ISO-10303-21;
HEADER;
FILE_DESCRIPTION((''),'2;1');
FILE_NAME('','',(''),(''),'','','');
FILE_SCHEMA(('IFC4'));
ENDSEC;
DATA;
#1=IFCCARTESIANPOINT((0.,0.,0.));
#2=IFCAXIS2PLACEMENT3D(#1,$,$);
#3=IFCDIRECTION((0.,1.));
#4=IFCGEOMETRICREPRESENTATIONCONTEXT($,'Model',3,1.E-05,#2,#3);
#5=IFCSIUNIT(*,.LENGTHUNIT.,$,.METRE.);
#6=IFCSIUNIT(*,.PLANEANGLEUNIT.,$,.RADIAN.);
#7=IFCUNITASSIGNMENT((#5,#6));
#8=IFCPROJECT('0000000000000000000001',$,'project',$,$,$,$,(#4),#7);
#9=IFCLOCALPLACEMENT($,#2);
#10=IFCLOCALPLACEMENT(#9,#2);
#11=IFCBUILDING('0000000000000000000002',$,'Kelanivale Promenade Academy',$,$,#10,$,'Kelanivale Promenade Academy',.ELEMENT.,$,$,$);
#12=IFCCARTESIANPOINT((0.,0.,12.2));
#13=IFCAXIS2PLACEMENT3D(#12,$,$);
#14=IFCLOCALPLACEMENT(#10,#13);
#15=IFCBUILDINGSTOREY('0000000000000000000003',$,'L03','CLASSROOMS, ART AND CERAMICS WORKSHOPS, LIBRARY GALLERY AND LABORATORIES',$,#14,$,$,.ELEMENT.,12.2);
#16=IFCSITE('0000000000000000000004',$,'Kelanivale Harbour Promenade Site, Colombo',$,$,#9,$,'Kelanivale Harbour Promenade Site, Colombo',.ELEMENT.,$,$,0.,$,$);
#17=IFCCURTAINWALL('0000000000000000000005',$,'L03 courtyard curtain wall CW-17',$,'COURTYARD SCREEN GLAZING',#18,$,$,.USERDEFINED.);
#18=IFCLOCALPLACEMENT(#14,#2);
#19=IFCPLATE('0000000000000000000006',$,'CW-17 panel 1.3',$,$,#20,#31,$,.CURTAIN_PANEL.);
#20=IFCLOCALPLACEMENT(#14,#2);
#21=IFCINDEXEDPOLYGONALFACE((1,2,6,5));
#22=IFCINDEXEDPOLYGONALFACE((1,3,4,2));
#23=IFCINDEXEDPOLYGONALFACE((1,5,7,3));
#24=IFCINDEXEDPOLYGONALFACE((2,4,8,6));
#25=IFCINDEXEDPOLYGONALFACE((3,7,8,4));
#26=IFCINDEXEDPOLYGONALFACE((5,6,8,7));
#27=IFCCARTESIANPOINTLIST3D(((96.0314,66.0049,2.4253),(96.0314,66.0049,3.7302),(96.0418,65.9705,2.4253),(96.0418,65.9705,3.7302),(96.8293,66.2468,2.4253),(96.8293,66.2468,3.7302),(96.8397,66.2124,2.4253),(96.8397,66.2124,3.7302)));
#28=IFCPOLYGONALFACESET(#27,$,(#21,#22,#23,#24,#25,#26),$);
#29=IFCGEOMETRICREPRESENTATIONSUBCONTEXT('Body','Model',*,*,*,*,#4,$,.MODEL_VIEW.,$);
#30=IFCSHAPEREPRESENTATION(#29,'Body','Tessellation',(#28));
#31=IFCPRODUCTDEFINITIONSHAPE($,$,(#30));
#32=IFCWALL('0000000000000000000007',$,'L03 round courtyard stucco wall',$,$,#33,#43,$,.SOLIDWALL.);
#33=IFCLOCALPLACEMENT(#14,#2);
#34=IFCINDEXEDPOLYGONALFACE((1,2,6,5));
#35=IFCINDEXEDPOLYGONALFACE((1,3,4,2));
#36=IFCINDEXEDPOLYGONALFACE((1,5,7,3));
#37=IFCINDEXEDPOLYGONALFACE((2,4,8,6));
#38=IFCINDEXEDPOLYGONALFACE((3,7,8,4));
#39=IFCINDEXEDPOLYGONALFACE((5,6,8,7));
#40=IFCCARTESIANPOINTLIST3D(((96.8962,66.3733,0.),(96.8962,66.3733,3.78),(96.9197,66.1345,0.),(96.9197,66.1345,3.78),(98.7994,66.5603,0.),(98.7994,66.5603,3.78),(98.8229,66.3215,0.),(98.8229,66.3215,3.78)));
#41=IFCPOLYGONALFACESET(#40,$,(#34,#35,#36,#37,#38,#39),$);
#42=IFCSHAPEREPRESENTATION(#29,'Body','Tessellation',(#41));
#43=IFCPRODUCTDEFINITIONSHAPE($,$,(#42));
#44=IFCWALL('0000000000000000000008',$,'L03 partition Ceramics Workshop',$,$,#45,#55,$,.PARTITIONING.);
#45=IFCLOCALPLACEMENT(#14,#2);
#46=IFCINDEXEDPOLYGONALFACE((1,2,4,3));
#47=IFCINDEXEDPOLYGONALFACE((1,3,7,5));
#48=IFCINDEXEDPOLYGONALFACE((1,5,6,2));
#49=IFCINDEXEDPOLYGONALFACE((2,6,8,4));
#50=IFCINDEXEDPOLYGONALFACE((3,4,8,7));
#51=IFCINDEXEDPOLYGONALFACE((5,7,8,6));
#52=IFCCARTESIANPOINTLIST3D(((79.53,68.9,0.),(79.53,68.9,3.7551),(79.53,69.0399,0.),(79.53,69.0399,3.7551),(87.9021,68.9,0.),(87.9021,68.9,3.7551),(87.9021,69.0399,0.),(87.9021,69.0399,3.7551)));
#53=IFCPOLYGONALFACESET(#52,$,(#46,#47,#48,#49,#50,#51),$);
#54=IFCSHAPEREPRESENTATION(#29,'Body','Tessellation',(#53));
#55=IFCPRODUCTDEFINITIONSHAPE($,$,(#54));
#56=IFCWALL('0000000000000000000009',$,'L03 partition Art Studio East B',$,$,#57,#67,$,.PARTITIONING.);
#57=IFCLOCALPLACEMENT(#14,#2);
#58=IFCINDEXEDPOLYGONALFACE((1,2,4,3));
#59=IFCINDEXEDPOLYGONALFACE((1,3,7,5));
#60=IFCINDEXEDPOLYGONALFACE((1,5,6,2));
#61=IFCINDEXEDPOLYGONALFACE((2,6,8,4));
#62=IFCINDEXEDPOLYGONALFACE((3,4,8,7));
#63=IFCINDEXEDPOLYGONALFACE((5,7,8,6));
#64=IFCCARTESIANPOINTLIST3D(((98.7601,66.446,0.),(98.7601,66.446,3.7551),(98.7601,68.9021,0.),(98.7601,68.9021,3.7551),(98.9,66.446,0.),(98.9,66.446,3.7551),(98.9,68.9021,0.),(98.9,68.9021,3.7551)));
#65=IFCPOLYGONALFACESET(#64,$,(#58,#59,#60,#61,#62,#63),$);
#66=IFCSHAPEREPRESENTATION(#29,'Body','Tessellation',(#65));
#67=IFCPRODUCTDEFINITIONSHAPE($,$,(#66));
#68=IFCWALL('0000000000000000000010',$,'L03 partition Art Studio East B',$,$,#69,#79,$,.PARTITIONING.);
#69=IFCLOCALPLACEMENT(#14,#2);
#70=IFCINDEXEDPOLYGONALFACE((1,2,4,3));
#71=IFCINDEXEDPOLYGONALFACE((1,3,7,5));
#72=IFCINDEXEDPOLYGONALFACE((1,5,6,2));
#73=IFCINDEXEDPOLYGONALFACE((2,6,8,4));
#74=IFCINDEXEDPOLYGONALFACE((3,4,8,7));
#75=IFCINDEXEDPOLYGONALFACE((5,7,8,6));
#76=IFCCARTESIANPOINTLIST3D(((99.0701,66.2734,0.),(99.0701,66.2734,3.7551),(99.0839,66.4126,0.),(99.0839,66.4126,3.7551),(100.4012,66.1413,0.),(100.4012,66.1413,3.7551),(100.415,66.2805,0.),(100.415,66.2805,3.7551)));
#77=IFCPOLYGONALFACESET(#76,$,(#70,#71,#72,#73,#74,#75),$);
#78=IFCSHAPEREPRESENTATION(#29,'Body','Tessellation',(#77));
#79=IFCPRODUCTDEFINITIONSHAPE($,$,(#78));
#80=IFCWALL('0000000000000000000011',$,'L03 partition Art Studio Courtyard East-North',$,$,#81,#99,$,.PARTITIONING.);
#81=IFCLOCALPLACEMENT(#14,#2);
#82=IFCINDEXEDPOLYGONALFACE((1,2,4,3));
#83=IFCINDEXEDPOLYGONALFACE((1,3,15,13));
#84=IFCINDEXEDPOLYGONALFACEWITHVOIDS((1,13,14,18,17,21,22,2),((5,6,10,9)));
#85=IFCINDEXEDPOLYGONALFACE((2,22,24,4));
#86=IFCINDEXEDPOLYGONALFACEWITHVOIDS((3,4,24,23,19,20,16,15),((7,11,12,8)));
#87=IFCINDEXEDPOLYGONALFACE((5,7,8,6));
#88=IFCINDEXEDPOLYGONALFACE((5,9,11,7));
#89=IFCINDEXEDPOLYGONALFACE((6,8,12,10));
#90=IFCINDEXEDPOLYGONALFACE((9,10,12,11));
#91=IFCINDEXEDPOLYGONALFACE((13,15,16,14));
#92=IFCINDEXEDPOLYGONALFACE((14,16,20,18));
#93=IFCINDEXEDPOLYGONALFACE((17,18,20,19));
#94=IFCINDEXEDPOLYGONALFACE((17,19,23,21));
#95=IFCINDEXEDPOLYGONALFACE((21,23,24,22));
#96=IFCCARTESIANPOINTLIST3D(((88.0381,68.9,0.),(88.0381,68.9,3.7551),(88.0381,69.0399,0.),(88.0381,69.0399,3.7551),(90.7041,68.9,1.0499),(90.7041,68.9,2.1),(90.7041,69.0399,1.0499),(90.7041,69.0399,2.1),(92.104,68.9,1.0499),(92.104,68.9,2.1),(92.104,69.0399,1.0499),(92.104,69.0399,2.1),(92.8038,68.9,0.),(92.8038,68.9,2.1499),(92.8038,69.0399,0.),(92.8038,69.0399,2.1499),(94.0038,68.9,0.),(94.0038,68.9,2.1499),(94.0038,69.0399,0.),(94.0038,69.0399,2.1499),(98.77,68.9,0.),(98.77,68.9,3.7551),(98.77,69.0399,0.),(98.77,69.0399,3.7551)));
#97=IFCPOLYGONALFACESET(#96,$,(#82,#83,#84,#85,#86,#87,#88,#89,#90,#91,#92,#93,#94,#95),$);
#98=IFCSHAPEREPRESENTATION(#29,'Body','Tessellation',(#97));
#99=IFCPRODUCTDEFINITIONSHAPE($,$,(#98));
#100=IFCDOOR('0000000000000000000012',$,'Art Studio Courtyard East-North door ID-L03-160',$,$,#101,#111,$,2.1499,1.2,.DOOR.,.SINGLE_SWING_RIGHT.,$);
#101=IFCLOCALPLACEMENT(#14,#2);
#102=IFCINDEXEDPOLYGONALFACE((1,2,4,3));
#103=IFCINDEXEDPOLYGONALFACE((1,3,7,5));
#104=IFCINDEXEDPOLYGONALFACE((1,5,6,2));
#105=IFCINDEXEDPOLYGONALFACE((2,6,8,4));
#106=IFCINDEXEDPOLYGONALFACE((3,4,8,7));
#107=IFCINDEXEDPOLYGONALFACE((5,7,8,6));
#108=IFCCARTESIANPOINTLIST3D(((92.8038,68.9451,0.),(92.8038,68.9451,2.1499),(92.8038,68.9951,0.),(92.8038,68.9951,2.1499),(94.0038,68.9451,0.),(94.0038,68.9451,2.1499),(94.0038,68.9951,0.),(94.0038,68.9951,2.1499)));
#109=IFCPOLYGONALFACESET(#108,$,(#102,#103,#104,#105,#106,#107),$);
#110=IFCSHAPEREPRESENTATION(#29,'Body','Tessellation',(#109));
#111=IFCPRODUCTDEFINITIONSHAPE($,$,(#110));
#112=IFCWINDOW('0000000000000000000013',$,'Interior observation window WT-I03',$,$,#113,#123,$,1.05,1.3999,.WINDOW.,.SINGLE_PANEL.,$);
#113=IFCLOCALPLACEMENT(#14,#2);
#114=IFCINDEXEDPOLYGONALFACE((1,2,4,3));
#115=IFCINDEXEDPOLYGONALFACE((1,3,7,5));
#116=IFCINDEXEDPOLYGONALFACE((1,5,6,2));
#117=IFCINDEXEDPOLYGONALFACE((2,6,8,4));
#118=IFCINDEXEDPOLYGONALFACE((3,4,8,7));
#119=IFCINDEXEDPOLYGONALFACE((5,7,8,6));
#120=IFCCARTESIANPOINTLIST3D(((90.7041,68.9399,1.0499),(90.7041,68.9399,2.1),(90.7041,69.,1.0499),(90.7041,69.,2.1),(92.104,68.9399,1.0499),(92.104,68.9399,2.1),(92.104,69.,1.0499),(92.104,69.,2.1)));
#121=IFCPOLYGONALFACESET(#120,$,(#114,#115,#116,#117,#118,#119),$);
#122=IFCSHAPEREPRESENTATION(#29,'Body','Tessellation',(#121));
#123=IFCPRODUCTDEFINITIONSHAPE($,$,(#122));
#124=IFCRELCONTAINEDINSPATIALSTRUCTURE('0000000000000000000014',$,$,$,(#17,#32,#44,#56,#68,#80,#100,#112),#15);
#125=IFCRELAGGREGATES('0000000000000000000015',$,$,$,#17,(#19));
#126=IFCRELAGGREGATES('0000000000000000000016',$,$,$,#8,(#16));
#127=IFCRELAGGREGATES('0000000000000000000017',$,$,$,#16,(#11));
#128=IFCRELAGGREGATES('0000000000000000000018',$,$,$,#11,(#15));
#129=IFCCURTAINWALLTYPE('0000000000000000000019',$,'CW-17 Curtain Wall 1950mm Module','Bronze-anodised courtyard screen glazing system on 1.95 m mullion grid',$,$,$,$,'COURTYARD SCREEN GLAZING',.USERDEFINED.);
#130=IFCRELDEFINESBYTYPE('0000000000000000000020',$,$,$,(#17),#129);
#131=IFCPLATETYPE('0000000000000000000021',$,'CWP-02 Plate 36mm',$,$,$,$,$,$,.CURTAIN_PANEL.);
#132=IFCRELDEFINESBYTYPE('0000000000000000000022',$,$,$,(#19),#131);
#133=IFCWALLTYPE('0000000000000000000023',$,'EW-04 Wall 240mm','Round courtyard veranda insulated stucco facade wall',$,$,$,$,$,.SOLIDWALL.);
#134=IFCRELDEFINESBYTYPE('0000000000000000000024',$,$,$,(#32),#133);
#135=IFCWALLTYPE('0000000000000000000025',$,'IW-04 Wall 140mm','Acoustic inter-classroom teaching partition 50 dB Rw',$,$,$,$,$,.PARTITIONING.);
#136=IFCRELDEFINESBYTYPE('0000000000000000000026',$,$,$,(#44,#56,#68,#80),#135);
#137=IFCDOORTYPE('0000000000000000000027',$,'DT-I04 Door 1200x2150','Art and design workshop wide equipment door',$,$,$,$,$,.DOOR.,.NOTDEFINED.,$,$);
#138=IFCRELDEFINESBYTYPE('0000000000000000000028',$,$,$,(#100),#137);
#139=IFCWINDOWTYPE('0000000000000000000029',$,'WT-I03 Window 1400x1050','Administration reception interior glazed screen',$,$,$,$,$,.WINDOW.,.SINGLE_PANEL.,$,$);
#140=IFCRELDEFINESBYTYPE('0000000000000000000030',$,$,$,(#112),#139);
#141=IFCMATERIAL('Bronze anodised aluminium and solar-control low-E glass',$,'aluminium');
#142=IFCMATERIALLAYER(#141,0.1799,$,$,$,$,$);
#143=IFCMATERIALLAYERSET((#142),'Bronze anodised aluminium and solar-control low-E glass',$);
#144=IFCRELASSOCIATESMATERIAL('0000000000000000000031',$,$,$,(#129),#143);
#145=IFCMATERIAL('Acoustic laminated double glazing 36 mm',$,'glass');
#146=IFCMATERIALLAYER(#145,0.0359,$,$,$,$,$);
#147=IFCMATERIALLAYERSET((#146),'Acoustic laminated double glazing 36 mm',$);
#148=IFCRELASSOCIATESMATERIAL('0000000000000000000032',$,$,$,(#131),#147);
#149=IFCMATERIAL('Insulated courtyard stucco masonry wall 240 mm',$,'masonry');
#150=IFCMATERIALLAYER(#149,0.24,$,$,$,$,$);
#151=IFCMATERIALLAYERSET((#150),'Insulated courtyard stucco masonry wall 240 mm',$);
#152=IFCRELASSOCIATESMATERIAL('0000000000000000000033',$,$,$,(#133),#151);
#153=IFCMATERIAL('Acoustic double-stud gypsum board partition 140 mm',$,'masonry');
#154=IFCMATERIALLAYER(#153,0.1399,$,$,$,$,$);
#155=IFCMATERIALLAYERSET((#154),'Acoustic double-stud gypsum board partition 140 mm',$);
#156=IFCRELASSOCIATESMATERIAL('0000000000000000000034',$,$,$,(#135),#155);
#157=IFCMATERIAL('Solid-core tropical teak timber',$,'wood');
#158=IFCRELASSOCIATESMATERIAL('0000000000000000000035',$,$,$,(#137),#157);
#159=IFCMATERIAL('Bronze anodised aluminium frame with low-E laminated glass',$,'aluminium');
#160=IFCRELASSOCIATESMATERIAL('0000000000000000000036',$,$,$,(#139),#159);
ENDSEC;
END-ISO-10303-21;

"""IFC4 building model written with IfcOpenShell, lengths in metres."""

from ifc_helpers import new_model, si_unit, direction, frame, frame_2d, origin, origin_2d, place, context, subcontext, project, spatial, rectangle, extrude, material, layer, layer_set, type_object, element, fill, aggregate, save


model = new_model("IFC4")

# Units and contexts
model_context = context("Model", 3, precision=1e-05, world=origin(), true_north=direction((0.0, 1.0)))
body_context = subcontext(model_context, "Body", "Model", "MODEL_VIEW")
ifc_project = project(units=[si_unit("LENGTHUNIT", "METRE"), si_unit("PLANEANGLEUNIT", "RADIAN")], contexts=[model_context])

# Site, building, storey
site_placement = place(None, origin())
site = spatial("IfcSite", under=ifc_project, at=site_placement, Name="Kelanivale Harbour Promenade Site, Colombo", LongName="Kelanivale Harbour Promenade Site, Colombo", CompositionType="ELEMENT", RefElevation=0.0)
building_placement = place(site_placement, origin())
building = spatial("IfcBuilding", under=site, at=building_placement, Name="Kelanivale Promenade Academy", LongName="Kelanivale Promenade Academy", CompositionType="ELEMENT")
storey_placement = place(building_placement, frame((0.0, 0.0, 12.2)))
storey = spatial("IfcBuildingStorey", under=building, at=storey_placement, Name="L03", Description="CLASSROOMS, ART AND CERAMICS WORKSHOPS, LIBRARY GALLERY AND LABORATORIES", CompositionType="ELEMENT", Elevation=12.2)

# Curtain wall
ifc_material_1 = material(Name="Bronze anodised aluminium and solar-control low-E glass", Category="aluminium")
ifc_layer_1 = layer(ifc_material_1, 0.1799)
ifc_layer_set_1 = layer_set([ifc_layer_1], Name="Bronze anodised aluminium and solar-control low-E glass")
curtain_wall_type_1 = type_object("IfcCurtainWallType", Name="CW-17 Curtain Wall 1950mm Module", Description="Bronze-anodised courtyard screen glazing system on 1.95 m mullion grid", ElementType="COURTYARD SCREEN GLAZING", PredefinedType="USERDEFINED", material=ifc_layer_set_1)
curtain_wall_1_placement = place(storey_placement, origin())
curtain_wall_1 = element("IfcCurtainWall", 1, at=curtain_wall_1_placement, inside=storey, type_object=curtain_wall_type_1, Name="L03 courtyard curtain wall CW-17", ObjectType="COURTYARD SCREEN GLAZING", PredefinedType="USERDEFINED")

# Plate
ifc_material_2 = material(Name="Acoustic laminated double glazing 36 mm", Category="glass")
ifc_layer_2 = layer(ifc_material_2, 0.0359)
ifc_layer_set_2 = layer_set([ifc_layer_2], Name="Acoustic laminated double glazing 36 mm")
plate_type_1 = type_object("IfcPlateType", Name="CWP-02 Plate 36mm", PredefinedType="CURTAIN_PANEL", material=ifc_layer_set_2)
plate_1_placement = place(storey_placement, frame((96.4355, 66.1086, 2.4253), z_axis=(0.0, 0.0, 1.0), x_axis=(-0.956988, -0.290128, 0.0)))
plate_1 = element("IfcPlate", 2, at=plate_1_placement, type_object=plate_type_1, Name="CW-17 panel 1.3", PredefinedType="CURTAIN_PANEL", context=body_context, shape_type="SweptSolid", body=[
    extrude(rectangle(XDim=0.8337, YDim=0.0359, at=origin_2d()), origin(), (0.0, 0.0, 1.0), 1.3049),
])
aggregate(curtain_wall_1, [plate_1])

# Walls
ifc_material_3 = material(Name="Insulated courtyard stucco masonry wall 240 mm", Category="masonry")
ifc_layer_3 = layer(ifc_material_3, 0.24)
ifc_layer_set_3 = layer_set([ifc_layer_3], Name="Insulated courtyard stucco masonry wall 240 mm")
wall_type_1 = type_object("IfcWallType", Name="EW-04 Wall 240mm", Description="Round courtyard veranda insulated stucco facade wall", PredefinedType="SOLIDWALL", material=ifc_layer_set_3)
wall_1_placement = place(storey_placement, frame((98.811, 66.4409, 0.0), z_axis=(0.0, 0.0, 1.0), x_axis=(-0.995206, -0.097797, 0.0)))
element("IfcWall", 3, at=wall_1_placement, inside=storey, type_object=wall_type_1, Name="L03 round courtyard stucco wall", PredefinedType="SOLIDWALL", context=body_context, shape_type="SweptSolid", body=[
    extrude(rectangle(XDim=1.9124, YDim=0.24, at=frame_2d((0.9561, 0.0))), origin(), (0.0, 0.0, 1.0), 3.78),
])
ifc_material_4 = material(Name="Acoustic double-stud gypsum board partition 140 mm", Category="masonry")
ifc_layer_4 = layer(ifc_material_4, 0.1399)
ifc_layer_set_4 = layer_set([ifc_layer_4], Name="Acoustic double-stud gypsum board partition 140 mm")
wall_type_2 = type_object("IfcWallType", Name="IW-04 Wall 140mm", Description="Acoustic inter-classroom teaching partition 50 dB Rw", PredefinedType="PARTITIONING", material=ifc_layer_set_4)
wall_2_placement = place(storey_placement, frame((87.9021, 68.97, 0.0), z_axis=(0.0, 0.0, 1.0), x_axis=(-1.0, 0.0, 0.0)))
element("IfcWall", 4, at=wall_2_placement, inside=storey, type_object=wall_type_2, Name="L03 partition Ceramics Workshop", PredefinedType="PARTITIONING", context=body_context, shape_type="SweptSolid", body=[
    extrude(rectangle(XDim=8.3721, YDim=0.1399, at=frame_2d((4.186, 0.0))), origin(), (0.0, 0.0, 1.0), 3.7551),
])
wall_3_placement = place(storey_placement, frame((98.8301, 68.9021, 0.0), z_axis=(0.0, 0.0, 1.0), x_axis=(0.0, -1.0, 0.0)))
element("IfcWall", 5, at=wall_3_placement, inside=storey, type_object=wall_type_2, Name="L03 partition Art Studio East B", PredefinedType="PARTITIONING", context=body_context, shape_type="SweptSolid", body=[
    extrude(rectangle(XDim=2.4561, YDim=0.1399, at=frame_2d((1.228, 0.0))), origin(), (0.0, 0.0, 1.0), 3.7551),
])
wall_4_placement = place(storey_placement, frame((99.0769, 66.343, 0.0), z_axis=(0.0, 0.0, 1.0), x_axis=(0.995113, -0.098745, 0.0)))
element("IfcWall", 6, at=wall_4_placement, inside=storey, type_object=wall_type_2, Name="L03 partition Art Studio East B", PredefinedType="PARTITIONING", context=body_context, shape_type="SweptSolid", body=[
    extrude(rectangle(XDim=1.3376, YDim=0.1399, at=frame_2d((0.6689, 0.0))), origin(), (0.0, 0.0, 1.0), 3.7551),
])

# Wall, openings, door, window
wall_5_placement = place(storey_placement, frame((98.77, 68.97, 0.0), z_axis=(0.0, 0.0, 1.0), x_axis=(-1.0, 0.0, 0.0)))
wall_5 = element("IfcWall", 7, at=wall_5_placement, inside=storey, type_object=wall_type_2, Name="L03 partition Art Studio Courtyard East-North", PredefinedType="PARTITIONING", context=body_context, shape_type="SweptSolid", body=[
    extrude(rectangle(XDim=10.7319, YDim=0.1399, at=frame_2d((5.366, 0.0))), origin(), (0.0, 0.0, 1.0), 3.7551),
])
opening_1_placement = place(wall_5_placement, frame((4.7661, 0.0, 0.0)))
opening_1 = element("IfcOpeningElement", 8, at=opening_1_placement, cuts=wall_5, PredefinedType="OPENING", context=body_context, shape_type="SweptSolid", body=[
    extrude(rectangle(XDim=1.2, YDim=2.1499, at=frame_2d((0.6001, 1.075))), frame((0.0, 0.0801, 0.0), z_axis=(0.0, -1.0, 0.0), x_axis=(1.0, 0.0, 0.0)), (0.0, 0.0, 1.0), 0.1599),
])
opening_2_placement = place(wall_5_placement, frame((6.666, 0.0, 1.05)))
opening_2 = element("IfcOpeningElement", 9, at=opening_2_placement, cuts=wall_5, PredefinedType="OPENING", context=body_context, shape_type="SweptSolid", body=[
    extrude(rectangle(XDim=1.3999, YDim=1.05, at=frame_2d((0.7, 0.5249))), frame((0.0, 0.0801, 0.0), z_axis=(0.0, -1.0, 0.0), x_axis=(1.0, 0.0, 0.0)), (0.0, 0.0, 1.0), 0.1599),
])
ifc_material_5 = material(Name="Solid-core tropical teak timber", Category="wood")
door_type = type_object("IfcDoorType", Name="DT-I04 Door 1200x2150", Description="Art and design workshop wide equipment door", OperationType="NOTDEFINED", PredefinedType="DOOR", material=ifc_material_5)
door_placement = place(opening_1_placement, origin())
door = element("IfcDoor", 10, at=door_placement, inside=storey, type_object=door_type, Name="Art Studio Courtyard East-North door ID-L03-160", OperationType="SINGLE_SWING_RIGHT", OverallHeight=2.1499, OverallWidth=1.2, PredefinedType="DOOR", context=body_context, shape_type="SweptSolid", body=[
    extrude(rectangle(XDim=1.2, YDim=2.1499, at=frame_2d((0.6001, 1.075))), frame((0.0, 0.0249, 0.0), z_axis=(0.0, -1.0, 0.0), x_axis=(1.0, 0.0, 0.0)), (0.0, 0.0, 1.0), 0.05),
])
fill(opening_1, door)
ifc_material_6 = material(Name="Bronze anodised aluminium frame with low-E laminated glass", Category="aluminium")
window_type = type_object("IfcWindowType", Name="WT-I03 Window 1400x1050", Description="Administration reception interior glazed screen", PartitioningType="SINGLE_PANEL", PredefinedType="WINDOW", material=ifc_material_6)
window_placement = place(opening_2_placement, origin())
window = element("IfcWindow", 11, at=window_placement, inside=storey, type_object=window_type, Name="Interior observation window WT-I03", OverallHeight=1.05, OverallWidth=1.3999, PartitioningType="SINGLE_PANEL", PredefinedType="WINDOW", context=body_context, shape_type="SweptSolid", body=[
    extrude(rectangle(XDim=1.3999, YDim=1.05, at=frame_2d((0.7, 0.5249))), frame((0.0, 0.03, 0.0), z_axis=(0.0, -1.0, 0.0), x_axis=(1.0, 0.0, 0.0)), (0.0, 0.0, 1.0), 0.0601),
])
fill(opening_2, window)

save(model, "model.ifc")
